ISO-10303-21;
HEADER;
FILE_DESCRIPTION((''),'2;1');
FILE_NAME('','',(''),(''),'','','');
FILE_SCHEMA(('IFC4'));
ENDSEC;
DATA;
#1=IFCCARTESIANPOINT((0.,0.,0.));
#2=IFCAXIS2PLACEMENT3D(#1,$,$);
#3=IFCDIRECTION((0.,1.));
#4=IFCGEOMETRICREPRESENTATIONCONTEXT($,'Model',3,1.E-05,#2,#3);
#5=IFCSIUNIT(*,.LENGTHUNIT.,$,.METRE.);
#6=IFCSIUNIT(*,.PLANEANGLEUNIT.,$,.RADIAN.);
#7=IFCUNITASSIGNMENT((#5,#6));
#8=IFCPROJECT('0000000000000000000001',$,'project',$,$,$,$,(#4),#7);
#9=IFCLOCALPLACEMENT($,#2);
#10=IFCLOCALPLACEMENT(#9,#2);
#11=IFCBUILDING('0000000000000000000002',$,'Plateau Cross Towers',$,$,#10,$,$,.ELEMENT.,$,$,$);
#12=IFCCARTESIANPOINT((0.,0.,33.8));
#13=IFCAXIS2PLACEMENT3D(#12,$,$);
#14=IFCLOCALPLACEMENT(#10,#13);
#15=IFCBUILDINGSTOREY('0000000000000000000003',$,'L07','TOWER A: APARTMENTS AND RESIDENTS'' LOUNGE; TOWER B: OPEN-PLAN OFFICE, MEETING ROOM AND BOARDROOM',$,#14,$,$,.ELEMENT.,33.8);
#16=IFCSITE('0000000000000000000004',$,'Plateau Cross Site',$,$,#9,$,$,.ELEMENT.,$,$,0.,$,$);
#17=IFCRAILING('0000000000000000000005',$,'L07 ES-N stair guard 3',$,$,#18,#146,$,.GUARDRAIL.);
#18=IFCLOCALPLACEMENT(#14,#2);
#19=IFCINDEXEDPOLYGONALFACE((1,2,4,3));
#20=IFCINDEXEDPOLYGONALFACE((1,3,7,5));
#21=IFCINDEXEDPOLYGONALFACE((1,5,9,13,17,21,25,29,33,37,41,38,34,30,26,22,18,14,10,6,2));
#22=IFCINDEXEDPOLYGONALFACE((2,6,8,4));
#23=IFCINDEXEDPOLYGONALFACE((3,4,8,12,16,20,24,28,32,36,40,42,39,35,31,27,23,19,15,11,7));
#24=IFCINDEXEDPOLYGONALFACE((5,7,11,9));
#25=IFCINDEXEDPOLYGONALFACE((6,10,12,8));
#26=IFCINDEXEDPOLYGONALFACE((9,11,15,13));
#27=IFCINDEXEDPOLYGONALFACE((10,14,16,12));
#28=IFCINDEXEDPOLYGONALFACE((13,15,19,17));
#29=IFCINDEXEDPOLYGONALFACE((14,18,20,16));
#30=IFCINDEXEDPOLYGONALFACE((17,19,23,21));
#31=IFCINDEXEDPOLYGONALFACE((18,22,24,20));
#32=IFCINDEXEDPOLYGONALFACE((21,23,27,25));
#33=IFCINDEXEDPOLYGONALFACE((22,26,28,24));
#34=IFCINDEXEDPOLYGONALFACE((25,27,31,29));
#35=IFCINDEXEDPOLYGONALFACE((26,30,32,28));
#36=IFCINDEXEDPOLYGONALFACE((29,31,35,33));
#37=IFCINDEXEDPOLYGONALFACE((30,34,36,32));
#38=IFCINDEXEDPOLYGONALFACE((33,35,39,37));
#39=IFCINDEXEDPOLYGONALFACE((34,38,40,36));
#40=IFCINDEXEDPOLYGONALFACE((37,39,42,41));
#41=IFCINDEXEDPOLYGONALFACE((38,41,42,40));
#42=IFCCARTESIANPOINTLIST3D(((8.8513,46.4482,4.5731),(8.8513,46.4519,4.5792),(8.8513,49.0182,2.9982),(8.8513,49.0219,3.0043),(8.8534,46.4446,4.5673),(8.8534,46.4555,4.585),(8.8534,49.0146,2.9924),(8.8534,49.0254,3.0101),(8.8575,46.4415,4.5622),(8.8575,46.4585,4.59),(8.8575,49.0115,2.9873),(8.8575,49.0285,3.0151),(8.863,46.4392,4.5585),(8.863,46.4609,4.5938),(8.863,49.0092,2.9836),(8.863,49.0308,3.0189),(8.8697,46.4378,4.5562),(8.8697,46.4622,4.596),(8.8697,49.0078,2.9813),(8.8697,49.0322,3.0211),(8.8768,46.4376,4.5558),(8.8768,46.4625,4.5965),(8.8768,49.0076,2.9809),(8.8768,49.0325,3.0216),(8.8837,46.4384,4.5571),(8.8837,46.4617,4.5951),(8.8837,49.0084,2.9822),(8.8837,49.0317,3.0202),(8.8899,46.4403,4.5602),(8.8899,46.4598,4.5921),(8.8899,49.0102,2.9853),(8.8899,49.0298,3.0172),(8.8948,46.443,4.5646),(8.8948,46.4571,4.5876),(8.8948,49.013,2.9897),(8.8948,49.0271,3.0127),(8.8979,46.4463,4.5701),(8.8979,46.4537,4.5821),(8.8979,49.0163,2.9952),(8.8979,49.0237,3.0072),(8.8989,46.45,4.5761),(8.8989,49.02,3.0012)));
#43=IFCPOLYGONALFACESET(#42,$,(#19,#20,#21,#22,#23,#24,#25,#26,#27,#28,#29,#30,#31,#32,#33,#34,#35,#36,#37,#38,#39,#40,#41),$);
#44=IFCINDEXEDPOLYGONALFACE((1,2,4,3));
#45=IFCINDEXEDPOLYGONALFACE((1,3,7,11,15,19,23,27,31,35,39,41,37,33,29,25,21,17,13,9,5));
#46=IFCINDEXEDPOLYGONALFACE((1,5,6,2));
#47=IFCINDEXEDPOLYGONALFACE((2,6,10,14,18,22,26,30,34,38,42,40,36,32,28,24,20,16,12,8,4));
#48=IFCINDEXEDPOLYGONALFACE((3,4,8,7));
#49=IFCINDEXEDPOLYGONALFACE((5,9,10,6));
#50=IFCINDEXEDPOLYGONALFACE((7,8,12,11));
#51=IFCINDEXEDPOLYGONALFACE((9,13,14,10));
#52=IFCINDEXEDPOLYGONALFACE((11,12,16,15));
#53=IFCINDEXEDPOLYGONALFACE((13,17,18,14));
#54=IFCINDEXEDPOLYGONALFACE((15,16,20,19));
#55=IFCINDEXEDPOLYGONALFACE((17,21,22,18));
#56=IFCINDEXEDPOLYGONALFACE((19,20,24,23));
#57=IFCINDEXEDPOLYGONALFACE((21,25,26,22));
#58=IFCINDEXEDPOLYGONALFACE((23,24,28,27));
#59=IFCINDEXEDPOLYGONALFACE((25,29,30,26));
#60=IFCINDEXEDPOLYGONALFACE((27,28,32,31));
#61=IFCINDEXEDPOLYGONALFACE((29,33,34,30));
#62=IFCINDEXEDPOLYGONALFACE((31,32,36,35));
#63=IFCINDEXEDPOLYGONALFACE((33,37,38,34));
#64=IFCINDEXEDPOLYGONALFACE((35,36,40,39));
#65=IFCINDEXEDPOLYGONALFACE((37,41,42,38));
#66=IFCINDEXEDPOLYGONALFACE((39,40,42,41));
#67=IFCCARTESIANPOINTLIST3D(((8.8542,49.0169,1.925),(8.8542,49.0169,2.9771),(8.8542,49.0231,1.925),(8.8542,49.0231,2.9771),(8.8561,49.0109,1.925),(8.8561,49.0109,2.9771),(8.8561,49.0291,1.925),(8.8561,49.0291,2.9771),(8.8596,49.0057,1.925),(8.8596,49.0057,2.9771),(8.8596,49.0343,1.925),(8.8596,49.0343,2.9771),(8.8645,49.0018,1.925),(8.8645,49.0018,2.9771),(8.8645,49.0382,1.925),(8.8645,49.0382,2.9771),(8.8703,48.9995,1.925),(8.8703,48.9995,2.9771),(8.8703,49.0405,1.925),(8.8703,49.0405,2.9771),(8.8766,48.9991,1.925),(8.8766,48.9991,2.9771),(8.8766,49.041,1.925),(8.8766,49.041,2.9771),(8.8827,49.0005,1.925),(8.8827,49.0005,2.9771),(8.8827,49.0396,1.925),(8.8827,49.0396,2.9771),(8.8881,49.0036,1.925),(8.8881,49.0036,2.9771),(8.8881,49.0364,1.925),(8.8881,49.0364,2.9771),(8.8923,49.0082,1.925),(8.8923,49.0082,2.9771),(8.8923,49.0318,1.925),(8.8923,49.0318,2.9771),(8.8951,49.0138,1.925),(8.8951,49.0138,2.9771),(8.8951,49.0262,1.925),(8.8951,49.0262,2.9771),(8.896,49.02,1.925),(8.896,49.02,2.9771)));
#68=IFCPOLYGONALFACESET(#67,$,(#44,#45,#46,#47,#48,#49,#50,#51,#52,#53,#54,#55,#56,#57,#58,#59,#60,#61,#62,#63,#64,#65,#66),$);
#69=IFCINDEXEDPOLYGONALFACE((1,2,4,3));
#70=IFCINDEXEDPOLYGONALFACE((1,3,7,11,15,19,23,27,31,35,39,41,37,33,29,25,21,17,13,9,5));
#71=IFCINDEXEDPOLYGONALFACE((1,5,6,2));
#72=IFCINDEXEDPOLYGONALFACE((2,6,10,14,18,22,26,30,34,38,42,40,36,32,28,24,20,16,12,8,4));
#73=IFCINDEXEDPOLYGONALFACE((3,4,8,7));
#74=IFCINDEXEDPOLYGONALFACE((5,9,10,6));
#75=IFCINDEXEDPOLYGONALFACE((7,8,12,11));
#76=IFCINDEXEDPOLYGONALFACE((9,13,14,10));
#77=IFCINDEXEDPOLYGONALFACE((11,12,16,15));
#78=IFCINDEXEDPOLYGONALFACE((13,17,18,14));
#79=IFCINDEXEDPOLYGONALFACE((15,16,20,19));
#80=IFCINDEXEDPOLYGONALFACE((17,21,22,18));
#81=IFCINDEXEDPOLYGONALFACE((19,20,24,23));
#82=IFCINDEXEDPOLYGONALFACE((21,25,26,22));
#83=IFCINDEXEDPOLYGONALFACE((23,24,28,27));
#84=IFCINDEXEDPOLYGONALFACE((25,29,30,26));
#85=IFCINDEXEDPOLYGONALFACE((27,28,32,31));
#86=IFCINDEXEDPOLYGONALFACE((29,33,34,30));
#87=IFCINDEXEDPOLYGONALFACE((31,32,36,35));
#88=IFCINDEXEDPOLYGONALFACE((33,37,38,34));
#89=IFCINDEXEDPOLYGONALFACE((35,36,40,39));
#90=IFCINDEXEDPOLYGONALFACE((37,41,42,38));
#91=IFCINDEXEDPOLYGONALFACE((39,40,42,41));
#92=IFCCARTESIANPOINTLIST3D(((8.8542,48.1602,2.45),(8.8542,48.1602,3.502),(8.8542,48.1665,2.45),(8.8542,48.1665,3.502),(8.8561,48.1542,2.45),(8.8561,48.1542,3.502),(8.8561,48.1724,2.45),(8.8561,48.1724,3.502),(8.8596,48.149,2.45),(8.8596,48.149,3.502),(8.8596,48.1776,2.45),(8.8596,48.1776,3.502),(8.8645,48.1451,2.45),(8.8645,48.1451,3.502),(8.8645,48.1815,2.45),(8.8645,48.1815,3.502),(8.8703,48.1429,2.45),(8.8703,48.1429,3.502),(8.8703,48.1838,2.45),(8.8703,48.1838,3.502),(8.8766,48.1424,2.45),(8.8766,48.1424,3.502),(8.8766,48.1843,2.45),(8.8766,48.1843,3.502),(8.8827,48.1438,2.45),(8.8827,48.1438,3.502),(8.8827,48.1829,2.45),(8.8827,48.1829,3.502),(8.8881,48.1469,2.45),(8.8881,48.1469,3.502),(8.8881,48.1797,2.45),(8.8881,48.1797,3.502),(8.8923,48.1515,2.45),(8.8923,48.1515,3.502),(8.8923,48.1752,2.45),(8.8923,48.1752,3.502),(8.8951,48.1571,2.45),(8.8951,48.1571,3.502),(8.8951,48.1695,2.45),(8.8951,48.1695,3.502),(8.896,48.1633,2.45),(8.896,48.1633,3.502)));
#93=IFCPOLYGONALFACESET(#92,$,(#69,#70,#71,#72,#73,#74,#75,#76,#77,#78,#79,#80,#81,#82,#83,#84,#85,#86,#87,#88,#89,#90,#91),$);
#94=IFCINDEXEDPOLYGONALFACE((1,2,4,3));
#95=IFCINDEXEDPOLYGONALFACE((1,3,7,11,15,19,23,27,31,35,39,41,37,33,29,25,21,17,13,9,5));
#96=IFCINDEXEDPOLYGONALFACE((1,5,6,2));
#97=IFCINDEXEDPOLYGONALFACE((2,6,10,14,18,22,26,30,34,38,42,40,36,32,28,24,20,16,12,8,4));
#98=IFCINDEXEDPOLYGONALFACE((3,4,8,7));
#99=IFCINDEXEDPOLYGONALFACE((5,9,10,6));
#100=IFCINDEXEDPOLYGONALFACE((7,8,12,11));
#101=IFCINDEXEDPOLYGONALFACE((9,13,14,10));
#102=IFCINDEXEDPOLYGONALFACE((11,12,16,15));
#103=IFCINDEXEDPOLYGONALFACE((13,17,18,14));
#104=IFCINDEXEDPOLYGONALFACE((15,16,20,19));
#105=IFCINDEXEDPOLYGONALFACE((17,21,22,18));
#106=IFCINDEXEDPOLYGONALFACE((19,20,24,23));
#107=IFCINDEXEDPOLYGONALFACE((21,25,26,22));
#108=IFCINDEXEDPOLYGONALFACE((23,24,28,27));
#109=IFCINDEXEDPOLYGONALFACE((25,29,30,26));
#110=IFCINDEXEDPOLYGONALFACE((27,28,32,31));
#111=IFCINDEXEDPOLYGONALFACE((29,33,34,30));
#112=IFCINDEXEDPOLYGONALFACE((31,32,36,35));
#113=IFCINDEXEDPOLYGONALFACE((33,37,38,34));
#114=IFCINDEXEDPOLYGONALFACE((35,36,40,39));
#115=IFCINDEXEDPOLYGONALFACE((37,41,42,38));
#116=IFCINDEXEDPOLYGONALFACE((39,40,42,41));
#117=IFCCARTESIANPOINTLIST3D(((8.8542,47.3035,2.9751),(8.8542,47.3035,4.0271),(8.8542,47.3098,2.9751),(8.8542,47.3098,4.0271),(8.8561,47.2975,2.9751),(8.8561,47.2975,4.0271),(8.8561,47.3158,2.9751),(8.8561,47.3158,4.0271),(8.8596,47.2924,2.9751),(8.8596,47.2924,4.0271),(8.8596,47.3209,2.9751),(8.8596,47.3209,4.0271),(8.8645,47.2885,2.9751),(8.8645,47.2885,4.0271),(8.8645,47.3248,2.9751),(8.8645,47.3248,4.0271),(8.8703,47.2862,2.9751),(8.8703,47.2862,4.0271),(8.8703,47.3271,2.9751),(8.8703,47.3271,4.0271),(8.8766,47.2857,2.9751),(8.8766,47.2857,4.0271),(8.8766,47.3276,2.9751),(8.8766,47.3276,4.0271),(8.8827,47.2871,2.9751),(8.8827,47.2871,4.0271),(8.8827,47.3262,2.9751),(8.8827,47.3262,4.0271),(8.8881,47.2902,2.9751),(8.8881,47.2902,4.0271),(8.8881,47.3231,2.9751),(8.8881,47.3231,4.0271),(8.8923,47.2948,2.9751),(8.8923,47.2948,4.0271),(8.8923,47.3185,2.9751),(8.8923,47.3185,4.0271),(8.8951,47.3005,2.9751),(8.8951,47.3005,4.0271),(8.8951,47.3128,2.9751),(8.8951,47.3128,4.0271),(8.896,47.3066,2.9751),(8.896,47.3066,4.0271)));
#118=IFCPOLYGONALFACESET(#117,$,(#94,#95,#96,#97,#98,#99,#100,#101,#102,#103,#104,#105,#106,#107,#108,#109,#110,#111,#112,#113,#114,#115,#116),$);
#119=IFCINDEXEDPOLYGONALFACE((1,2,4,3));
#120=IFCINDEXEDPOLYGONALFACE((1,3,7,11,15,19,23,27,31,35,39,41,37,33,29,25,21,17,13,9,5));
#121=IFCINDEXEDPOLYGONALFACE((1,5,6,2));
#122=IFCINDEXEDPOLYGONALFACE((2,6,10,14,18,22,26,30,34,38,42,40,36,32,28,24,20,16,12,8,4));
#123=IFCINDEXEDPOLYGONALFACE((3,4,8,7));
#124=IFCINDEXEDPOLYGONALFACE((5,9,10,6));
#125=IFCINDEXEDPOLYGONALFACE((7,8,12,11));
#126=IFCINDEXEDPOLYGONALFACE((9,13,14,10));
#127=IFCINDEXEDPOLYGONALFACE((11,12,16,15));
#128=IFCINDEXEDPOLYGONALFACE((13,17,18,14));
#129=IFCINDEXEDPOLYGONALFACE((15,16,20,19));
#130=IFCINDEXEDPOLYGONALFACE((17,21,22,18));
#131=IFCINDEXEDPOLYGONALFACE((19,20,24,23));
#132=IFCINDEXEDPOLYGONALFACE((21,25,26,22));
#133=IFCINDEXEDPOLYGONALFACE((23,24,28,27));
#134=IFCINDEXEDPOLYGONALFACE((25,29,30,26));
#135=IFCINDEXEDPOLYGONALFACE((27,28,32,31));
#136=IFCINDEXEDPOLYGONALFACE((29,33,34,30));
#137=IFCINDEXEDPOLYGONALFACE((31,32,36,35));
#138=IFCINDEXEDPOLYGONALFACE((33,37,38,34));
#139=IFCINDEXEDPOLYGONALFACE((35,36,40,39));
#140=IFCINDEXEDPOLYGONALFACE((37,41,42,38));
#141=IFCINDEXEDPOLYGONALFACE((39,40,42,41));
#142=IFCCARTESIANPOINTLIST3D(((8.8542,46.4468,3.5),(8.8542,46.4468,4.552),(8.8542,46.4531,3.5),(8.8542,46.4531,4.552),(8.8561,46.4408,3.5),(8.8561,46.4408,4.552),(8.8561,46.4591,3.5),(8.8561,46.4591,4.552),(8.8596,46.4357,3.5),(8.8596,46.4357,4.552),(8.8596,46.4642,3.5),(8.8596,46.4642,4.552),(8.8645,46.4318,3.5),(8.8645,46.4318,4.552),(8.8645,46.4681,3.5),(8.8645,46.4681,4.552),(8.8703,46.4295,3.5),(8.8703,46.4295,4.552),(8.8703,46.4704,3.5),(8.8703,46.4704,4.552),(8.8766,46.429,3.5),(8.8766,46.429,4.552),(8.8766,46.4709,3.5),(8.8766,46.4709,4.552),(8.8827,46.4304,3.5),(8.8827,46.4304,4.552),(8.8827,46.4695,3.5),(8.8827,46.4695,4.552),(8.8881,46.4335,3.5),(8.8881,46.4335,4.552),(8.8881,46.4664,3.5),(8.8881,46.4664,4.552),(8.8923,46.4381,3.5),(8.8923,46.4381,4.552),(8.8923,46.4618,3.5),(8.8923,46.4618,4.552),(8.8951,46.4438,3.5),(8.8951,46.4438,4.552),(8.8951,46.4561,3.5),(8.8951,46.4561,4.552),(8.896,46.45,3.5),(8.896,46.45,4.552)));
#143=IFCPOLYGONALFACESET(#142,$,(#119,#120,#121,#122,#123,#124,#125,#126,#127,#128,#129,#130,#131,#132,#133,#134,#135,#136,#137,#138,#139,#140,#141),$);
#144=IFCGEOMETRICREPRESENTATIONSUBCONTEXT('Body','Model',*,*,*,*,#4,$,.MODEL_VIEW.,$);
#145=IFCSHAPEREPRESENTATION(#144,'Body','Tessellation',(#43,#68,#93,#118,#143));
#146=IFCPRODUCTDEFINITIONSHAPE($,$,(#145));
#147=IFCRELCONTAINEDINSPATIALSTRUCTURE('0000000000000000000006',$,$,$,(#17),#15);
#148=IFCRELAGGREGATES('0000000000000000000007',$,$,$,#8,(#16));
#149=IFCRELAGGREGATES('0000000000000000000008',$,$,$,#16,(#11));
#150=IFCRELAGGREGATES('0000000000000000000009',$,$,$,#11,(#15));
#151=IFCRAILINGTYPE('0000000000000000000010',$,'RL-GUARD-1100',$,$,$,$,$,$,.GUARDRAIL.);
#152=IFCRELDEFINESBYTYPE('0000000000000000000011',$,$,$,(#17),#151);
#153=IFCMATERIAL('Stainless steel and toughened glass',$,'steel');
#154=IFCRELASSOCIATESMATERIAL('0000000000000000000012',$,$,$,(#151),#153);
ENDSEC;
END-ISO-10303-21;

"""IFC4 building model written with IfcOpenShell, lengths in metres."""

from ifc_helpers import new_model, si_unit, direction, frame, origin, origin_2d, place, context, subcontext, project, spatial, circle, extrude, material, type_object, element, save


model = new_model("IFC4")

# Units and contexts
model_context = context("Model", 3, precision=1e-05, world=origin(), true_north=direction((0.0, 1.0)))
body_context = subcontext(model_context, "Body", "Model", "MODEL_VIEW")
ifc_project = project(units=[si_unit("LENGTHUNIT", "METRE"), si_unit("PLANEANGLEUNIT", "RADIAN")], contexts=[model_context])

# Site, building, storey
site_placement = place(None, origin())
site = spatial("IfcSite", under=ifc_project, at=site_placement, Name="Plateau Cross Site", CompositionType="ELEMENT", RefElevation=0.0)
building_placement = place(site_placement, origin())
building = spatial("IfcBuilding", under=site, at=building_placement, Name="Plateau Cross Towers", CompositionType="ELEMENT")
storey_placement = place(building_placement, frame((0.0, 0.0, 33.8)))
storey = spatial("IfcBuildingStorey", under=building, at=storey_placement, Name="L07", Description="TOWER A: APARTMENTS AND RESIDENTS' LOUNGE; TOWER B: OPEN-PLAN OFFICE, MEETING ROOM AND BOARDROOM", CompositionType="ELEMENT", Elevation=33.8)

# Railing
ifc_material_1 = material(Name="Stainless steel and toughened glass", Category="steel")
railing_type_1 = type_object("IfcRailingType", Name="RL-GUARD-1100", PredefinedType="GUARDRAIL", material=ifc_material_1)
railing_1_placement = place(storey_placement, frame((8.875, 49.02, 1.925)))
element("IfcRailing", 1, at=railing_1_placement, inside=storey, type_object=railing_type_1, Name="L07 ES-N stair guard 3", PredefinedType="GUARDRAIL", context=body_context, shape_type="SweptSolid", body=[
    extrude(circle(Radius=0.0239, at=origin_2d()), frame((0.0, 0.0, 1.0762), z_axis=(0.0, -0.852639, 0.522501), x_axis=(1.0, 0.0, 0.0)), (0.0, 0.0, 1.0), 3.0142),
    extrude(circle(Radius=0.021, at=origin_2d()), origin(), (0.0, 0.0, 1.0), 1.052),
    extrude(circle(Radius=0.021, at=origin_2d()), frame((0.0, -0.8567, 0.5249)), (0.0, 0.0, 1.0), 1.052),
    extrude(circle(Radius=0.021, at=origin_2d()), frame((0.0, -1.7134, 1.05)), (0.0, 0.0, 1.0), 1.052),
    extrude(circle(Radius=0.021, at=origin_2d()), frame((0.0, -2.5701, 1.575)), (0.0, 0.0, 1.0), 1.052),
])

save(model, "model.ifc")
